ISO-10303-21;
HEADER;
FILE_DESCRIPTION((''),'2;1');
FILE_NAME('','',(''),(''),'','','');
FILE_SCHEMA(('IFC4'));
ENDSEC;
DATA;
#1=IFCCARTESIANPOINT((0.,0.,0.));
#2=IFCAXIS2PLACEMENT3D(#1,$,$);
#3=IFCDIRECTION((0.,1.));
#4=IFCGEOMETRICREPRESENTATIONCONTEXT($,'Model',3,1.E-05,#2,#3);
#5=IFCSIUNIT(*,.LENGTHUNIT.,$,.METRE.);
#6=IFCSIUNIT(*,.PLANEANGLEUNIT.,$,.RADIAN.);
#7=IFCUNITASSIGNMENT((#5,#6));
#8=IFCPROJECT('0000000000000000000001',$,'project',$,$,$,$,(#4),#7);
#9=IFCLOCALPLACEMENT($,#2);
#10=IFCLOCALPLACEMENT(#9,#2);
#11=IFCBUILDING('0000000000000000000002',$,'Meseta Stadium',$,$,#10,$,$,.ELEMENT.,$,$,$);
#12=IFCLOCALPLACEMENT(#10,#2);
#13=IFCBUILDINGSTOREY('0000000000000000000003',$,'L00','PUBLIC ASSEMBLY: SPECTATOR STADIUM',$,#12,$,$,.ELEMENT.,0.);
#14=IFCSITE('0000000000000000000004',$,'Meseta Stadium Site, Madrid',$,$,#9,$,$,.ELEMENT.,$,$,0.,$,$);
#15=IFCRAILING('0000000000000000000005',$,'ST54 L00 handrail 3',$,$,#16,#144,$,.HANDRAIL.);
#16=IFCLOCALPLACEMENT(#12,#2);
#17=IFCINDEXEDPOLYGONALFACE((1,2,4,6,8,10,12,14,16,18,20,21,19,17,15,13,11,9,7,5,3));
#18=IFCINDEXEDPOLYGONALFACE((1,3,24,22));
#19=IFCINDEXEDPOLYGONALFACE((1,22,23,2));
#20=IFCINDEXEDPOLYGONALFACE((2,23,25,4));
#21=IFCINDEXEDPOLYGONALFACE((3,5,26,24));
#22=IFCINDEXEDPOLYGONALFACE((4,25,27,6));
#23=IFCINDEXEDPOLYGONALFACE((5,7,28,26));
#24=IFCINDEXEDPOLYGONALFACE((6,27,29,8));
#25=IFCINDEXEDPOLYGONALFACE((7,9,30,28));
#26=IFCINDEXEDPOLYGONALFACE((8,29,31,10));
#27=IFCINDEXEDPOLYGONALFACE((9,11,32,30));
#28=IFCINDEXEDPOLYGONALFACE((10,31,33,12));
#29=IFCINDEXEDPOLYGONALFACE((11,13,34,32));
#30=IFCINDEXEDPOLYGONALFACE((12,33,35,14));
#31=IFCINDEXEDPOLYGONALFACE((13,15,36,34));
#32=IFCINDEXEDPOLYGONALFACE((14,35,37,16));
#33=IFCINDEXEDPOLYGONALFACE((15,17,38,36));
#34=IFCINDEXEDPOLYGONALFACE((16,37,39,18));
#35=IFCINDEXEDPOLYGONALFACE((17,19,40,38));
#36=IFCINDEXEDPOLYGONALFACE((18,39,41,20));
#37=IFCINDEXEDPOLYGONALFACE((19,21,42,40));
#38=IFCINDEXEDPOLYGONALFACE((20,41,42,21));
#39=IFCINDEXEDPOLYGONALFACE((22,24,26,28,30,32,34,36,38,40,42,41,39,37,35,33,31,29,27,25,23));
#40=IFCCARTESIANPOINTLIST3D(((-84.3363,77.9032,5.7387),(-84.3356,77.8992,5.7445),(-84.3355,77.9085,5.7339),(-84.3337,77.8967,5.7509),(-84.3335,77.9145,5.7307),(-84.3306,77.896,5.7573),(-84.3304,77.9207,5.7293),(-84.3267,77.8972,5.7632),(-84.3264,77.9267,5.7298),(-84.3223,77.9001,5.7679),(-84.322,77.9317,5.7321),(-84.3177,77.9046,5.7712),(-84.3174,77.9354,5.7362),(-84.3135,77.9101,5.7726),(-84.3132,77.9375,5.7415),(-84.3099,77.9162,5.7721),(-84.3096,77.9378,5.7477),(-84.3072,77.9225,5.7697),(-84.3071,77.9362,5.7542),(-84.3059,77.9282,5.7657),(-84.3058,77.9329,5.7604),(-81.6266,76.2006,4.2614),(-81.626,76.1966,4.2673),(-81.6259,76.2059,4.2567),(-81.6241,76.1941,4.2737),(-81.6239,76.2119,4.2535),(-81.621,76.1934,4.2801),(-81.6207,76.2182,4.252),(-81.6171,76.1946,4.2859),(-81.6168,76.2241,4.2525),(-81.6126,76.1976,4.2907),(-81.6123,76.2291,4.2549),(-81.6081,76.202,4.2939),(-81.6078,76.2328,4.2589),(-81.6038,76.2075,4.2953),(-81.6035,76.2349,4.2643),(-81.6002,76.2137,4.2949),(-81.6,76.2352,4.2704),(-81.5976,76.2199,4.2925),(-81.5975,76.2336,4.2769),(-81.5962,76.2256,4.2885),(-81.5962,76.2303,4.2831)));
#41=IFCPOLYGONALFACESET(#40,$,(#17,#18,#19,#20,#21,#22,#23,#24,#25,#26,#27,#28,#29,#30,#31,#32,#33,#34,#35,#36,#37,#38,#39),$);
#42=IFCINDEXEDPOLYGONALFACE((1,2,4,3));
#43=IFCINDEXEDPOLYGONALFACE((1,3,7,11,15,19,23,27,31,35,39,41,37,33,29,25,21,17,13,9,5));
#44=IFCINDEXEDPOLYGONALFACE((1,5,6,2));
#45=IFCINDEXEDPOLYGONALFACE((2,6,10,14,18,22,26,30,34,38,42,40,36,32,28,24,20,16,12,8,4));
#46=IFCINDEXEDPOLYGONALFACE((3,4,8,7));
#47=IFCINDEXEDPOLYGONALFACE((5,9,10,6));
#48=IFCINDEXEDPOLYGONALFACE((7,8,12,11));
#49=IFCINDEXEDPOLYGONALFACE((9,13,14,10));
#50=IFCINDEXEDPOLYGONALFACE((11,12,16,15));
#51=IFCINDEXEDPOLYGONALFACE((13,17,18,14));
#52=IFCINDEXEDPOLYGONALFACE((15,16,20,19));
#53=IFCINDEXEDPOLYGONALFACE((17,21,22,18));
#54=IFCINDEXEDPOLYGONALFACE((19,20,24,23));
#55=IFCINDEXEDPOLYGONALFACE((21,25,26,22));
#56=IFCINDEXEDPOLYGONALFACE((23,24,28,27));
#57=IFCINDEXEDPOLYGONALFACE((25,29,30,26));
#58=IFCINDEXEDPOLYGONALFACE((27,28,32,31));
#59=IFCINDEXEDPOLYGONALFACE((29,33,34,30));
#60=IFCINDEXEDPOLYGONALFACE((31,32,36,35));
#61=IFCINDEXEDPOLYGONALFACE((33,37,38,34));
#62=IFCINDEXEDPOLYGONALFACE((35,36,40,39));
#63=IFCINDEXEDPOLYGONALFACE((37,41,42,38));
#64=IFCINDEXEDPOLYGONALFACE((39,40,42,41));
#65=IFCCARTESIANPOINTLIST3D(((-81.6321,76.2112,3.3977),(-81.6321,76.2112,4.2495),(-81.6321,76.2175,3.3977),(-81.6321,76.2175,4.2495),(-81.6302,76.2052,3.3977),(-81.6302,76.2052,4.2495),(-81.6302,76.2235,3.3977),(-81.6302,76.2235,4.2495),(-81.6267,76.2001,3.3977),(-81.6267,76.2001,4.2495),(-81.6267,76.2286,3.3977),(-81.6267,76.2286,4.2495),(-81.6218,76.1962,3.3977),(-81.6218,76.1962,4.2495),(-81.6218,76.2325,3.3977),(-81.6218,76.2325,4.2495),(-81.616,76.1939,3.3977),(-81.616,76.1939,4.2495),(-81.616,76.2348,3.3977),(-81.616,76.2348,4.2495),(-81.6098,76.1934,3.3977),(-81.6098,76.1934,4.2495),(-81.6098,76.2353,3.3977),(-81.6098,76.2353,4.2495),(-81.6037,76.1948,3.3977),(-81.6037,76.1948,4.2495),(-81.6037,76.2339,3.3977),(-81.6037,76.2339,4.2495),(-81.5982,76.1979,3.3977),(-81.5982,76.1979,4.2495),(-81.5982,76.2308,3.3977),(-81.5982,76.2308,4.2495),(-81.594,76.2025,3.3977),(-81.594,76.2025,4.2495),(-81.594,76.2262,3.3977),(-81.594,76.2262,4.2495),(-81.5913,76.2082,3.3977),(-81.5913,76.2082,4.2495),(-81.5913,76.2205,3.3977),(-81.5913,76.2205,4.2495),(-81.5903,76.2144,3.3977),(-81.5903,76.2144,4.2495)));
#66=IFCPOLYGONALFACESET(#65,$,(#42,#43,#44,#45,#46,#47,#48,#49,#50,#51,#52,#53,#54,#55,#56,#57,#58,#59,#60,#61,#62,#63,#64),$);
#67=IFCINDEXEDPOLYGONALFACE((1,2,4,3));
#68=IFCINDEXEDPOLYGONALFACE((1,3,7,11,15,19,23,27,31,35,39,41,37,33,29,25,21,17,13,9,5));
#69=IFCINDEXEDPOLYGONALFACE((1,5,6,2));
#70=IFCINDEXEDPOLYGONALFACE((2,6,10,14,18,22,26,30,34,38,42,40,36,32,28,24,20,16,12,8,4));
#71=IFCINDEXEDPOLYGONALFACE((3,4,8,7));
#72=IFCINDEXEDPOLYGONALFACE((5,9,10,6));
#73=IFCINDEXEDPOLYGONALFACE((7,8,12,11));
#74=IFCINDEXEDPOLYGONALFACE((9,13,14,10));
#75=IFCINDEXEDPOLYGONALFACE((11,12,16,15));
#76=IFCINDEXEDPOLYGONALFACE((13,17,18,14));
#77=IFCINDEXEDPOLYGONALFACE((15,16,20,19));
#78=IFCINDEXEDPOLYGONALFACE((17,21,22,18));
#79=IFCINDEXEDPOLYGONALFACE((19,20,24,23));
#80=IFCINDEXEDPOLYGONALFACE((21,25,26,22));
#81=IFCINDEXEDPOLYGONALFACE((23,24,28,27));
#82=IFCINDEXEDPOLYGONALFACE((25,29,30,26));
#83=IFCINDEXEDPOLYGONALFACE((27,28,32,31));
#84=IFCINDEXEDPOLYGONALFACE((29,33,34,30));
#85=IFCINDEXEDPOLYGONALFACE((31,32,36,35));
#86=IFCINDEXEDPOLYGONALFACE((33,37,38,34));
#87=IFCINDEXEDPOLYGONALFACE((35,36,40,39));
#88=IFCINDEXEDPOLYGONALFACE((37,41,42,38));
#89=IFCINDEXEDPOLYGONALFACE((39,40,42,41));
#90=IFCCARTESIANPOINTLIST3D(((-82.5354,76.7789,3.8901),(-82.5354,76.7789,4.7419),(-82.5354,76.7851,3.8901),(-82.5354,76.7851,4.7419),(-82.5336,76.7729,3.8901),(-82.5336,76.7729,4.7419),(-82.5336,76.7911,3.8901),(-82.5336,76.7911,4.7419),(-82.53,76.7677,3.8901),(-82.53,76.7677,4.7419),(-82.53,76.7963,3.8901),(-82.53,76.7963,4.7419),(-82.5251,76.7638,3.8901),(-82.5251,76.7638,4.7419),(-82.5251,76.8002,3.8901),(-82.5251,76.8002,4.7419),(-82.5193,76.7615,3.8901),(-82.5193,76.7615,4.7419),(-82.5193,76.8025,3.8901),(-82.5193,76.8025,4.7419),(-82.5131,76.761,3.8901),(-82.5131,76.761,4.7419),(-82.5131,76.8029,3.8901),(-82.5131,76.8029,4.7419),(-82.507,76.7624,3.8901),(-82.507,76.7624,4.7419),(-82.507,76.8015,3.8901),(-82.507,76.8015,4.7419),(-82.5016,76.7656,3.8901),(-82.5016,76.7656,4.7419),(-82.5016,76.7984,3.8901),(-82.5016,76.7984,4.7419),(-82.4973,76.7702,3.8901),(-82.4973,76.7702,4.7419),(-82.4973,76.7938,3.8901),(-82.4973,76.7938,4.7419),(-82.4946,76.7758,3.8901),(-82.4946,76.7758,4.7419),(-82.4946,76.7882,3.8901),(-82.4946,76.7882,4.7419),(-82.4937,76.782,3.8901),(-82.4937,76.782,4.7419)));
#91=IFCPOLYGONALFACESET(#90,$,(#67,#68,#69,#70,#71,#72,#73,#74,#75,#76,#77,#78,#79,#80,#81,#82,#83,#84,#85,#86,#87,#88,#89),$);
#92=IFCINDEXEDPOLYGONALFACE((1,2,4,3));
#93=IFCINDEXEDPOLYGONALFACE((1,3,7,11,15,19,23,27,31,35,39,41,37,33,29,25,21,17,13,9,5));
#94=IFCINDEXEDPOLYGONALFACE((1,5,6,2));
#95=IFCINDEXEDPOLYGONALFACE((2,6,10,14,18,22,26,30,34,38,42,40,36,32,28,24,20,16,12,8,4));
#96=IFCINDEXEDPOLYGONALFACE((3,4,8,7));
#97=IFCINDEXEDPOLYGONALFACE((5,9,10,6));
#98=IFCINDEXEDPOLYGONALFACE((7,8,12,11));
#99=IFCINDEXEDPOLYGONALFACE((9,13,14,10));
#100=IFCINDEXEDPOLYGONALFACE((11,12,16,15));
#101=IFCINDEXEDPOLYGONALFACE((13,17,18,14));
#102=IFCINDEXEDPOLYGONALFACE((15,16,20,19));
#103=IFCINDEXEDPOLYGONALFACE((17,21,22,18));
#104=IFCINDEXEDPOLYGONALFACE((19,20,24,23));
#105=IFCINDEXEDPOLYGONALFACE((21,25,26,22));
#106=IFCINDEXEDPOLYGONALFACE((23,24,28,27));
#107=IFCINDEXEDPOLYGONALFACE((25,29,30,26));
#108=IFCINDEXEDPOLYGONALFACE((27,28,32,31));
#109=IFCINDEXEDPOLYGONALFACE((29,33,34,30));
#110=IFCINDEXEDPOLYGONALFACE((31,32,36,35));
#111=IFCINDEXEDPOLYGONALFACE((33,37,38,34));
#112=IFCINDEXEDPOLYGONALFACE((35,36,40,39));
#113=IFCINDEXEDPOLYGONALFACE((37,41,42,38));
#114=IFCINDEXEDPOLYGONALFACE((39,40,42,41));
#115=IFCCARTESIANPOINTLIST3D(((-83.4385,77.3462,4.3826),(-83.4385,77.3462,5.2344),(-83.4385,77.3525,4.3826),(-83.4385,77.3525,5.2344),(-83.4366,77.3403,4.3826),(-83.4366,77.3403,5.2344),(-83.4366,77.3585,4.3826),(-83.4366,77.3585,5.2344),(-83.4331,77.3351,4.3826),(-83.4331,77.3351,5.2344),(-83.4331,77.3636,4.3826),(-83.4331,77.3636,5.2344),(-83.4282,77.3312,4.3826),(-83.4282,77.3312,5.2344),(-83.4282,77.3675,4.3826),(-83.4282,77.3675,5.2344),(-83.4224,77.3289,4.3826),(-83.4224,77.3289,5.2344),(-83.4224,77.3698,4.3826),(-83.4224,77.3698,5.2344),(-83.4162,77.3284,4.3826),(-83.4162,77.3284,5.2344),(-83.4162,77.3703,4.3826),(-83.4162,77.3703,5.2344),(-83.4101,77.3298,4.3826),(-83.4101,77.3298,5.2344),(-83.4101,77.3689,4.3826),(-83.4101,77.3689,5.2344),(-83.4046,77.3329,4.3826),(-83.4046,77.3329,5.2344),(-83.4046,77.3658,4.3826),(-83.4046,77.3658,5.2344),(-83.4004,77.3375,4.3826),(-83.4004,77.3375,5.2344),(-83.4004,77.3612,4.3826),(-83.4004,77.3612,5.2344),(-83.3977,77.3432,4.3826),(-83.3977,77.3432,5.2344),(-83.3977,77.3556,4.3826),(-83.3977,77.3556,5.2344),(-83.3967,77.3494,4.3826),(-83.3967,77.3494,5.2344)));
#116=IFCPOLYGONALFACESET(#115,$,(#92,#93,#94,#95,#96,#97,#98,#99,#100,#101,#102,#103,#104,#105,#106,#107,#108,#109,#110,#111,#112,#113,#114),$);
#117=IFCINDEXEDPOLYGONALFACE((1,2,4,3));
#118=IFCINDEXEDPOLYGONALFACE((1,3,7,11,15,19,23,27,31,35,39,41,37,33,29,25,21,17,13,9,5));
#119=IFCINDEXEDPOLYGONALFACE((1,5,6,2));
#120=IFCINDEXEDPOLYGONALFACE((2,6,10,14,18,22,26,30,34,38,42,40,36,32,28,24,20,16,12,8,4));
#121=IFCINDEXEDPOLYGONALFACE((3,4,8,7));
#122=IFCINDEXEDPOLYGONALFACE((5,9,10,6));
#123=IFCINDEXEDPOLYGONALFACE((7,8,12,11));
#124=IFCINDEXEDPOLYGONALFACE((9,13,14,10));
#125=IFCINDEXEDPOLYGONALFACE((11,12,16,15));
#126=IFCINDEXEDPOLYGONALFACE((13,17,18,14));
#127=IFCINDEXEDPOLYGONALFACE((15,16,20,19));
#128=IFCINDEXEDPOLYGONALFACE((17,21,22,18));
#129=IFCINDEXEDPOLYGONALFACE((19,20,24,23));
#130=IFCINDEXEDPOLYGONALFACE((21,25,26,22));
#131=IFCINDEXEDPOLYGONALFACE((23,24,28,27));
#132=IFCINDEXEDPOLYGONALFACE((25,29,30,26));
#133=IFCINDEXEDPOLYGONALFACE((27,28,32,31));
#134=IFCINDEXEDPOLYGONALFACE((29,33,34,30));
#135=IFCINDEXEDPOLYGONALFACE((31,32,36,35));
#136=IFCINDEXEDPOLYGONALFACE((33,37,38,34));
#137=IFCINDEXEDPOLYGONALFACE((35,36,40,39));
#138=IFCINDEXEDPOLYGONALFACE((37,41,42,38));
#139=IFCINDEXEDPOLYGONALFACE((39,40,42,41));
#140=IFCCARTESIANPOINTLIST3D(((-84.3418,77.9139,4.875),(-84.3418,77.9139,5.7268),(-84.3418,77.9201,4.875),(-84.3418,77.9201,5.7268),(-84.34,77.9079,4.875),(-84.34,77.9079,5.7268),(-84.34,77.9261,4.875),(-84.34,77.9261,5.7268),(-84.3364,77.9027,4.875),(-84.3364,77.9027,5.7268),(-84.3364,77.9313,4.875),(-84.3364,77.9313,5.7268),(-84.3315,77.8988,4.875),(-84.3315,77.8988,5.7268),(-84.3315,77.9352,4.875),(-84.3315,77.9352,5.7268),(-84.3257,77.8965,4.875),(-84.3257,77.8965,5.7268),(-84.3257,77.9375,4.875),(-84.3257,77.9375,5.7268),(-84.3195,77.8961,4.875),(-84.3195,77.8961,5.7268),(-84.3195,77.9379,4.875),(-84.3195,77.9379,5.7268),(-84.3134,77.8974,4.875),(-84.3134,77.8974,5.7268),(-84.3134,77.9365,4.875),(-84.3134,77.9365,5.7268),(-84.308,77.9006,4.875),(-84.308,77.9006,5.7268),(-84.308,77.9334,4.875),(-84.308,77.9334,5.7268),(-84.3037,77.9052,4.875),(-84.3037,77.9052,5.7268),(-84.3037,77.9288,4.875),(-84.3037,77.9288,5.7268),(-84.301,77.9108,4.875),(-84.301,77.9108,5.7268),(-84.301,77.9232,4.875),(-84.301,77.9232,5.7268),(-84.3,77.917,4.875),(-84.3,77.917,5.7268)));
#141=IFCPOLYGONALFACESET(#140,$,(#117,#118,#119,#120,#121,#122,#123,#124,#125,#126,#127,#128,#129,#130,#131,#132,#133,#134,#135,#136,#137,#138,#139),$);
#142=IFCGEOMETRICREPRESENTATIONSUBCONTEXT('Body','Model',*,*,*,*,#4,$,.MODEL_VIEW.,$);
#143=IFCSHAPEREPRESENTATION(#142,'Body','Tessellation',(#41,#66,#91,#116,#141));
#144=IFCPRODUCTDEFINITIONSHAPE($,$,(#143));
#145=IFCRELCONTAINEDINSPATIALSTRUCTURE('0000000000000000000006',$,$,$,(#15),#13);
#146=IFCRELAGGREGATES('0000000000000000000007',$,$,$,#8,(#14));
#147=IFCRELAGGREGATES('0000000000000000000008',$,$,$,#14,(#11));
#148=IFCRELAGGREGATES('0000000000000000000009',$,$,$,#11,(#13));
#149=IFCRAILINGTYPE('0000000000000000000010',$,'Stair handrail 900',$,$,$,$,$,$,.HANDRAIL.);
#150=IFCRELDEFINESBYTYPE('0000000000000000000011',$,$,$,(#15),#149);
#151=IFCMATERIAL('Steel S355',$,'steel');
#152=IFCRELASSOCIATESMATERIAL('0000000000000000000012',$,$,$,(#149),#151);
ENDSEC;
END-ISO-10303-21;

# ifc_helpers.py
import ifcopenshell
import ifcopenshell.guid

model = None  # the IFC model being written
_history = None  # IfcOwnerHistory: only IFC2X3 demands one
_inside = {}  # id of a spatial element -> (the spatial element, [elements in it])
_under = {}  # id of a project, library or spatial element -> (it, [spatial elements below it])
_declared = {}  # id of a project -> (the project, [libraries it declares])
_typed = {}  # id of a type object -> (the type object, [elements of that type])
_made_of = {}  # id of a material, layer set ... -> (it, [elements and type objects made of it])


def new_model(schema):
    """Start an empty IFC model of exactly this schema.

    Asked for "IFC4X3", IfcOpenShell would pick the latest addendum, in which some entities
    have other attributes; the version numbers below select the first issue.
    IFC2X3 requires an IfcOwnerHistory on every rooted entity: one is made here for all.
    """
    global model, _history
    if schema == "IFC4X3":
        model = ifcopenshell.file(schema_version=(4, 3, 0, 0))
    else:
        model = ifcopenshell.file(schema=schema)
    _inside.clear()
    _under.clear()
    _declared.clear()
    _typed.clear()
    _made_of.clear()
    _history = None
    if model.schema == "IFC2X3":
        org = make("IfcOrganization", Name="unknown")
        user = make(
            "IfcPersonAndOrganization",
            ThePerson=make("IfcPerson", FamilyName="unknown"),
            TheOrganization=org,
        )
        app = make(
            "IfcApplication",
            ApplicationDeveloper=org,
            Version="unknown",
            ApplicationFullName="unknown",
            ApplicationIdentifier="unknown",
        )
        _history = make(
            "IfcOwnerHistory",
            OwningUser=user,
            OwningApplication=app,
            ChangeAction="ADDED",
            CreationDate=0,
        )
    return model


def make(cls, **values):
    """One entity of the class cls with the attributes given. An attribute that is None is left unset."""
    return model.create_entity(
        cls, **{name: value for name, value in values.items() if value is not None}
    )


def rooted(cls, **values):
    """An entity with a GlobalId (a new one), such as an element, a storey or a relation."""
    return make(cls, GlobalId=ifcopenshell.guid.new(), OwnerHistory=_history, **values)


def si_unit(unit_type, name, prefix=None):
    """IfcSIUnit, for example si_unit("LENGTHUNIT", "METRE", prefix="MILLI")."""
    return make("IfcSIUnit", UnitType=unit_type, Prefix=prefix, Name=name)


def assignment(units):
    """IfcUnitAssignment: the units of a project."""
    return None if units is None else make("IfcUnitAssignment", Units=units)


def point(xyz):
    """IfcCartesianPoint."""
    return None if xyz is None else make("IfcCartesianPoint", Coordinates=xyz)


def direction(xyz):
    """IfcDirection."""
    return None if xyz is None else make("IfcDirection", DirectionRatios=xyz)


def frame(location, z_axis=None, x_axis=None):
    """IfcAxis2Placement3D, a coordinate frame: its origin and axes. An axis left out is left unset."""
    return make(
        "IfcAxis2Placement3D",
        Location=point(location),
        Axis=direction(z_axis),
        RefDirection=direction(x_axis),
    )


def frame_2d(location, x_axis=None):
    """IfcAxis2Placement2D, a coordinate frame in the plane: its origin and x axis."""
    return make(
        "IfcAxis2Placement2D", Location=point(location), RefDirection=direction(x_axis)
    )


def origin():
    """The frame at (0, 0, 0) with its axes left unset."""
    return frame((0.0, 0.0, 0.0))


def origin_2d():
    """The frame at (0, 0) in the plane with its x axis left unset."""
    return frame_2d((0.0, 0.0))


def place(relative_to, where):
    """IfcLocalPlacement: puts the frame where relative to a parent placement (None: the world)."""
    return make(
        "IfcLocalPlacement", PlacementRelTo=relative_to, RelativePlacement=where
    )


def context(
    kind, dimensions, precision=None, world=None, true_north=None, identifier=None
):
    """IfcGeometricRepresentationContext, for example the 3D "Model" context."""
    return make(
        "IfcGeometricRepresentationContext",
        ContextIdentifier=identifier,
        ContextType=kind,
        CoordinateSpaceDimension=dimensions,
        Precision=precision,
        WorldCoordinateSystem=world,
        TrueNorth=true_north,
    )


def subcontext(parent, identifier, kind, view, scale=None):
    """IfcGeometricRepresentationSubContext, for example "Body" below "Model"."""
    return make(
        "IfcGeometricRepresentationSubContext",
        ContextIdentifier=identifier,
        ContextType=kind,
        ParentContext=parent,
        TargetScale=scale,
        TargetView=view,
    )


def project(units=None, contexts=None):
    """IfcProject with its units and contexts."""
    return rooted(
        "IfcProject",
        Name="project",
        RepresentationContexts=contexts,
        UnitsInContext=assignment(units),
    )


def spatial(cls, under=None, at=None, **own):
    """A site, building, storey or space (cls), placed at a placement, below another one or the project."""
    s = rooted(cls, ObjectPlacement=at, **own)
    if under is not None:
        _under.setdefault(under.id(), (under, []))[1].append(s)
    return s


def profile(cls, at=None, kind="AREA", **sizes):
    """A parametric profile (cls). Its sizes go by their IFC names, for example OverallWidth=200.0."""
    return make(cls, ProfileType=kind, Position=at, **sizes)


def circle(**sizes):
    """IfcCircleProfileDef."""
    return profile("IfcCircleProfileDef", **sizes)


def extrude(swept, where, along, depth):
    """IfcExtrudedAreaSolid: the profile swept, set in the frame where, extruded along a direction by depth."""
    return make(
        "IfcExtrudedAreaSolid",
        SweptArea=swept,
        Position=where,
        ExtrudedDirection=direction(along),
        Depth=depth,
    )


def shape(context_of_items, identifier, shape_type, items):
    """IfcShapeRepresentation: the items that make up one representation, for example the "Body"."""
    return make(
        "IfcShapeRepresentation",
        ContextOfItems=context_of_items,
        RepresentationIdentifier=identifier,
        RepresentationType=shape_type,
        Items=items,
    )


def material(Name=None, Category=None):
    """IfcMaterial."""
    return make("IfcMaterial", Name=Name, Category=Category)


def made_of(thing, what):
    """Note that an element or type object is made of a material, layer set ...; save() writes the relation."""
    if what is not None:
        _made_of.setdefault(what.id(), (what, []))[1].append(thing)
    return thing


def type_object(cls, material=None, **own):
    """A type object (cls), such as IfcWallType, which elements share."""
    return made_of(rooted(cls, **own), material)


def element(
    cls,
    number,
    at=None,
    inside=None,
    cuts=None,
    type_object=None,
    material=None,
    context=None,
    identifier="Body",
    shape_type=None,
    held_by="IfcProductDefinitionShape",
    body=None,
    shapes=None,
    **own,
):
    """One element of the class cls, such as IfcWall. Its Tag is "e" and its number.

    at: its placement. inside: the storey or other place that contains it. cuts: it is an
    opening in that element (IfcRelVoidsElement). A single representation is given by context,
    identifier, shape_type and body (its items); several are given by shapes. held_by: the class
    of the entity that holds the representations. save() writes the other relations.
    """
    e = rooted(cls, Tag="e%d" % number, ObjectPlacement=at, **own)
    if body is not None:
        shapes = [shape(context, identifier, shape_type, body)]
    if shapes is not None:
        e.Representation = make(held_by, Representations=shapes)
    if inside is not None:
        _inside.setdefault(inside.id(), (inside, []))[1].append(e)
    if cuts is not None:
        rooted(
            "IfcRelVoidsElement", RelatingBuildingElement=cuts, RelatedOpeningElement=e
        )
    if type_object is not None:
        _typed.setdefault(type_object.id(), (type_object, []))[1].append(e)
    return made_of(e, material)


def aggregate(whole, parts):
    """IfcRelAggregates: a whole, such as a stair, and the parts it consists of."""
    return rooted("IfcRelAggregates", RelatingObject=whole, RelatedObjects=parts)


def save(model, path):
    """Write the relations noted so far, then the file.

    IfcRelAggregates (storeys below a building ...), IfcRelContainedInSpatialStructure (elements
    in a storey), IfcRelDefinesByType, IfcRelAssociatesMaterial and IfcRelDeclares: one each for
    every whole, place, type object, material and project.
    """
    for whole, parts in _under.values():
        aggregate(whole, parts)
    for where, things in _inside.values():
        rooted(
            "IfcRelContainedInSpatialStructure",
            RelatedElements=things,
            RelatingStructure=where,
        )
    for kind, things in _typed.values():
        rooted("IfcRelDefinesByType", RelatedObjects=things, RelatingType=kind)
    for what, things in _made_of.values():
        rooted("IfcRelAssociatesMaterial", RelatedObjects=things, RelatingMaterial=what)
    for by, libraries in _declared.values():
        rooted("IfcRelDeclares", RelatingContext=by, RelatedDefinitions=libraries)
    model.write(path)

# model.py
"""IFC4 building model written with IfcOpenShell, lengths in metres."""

from ifc_helpers import new_model, si_unit, direction, frame, origin, origin_2d, place, context, subcontext, project, spatial, circle, extrude, material, type_object, element, save


model = new_model("IFC4")

# Units and contexts
model_context = context("Model", 3, precision=1e-05, world=origin(), true_north=direction((0.0, 1.0)))
body_context = subcontext(model_context, "Body", "Model", "MODEL_VIEW")
ifc_project = project(units=[si_unit("LENGTHUNIT", "METRE"), si_unit("PLANEANGLEUNIT", "RADIAN")], contexts=[model_context])

# Site, building, storey
site_placement = place(None, origin())
site = spatial("IfcSite", under=ifc_project, at=site_placement, Name="Meseta Stadium Site, Madrid", CompositionType="ELEMENT", RefElevation=0.0)
building_placement = place(site_placement, origin())
building = spatial("IfcBuilding", under=site, at=building_placement, Name="Meseta Stadium", CompositionType="ELEMENT")
storey_placement = place(building_placement, origin())
storey = spatial("IfcBuildingStorey", under=building, at=storey_placement, Name="L00", Description="PUBLIC ASSEMBLY: SPECTATOR STADIUM", CompositionType="ELEMENT", Elevation=0.0)

# Railing
ifc_material_1 = material(Name="Steel S355", Category="steel")
railing_type_1 = type_object("IfcRailingType", Name="Stair handrail 900", PredefinedType="HANDRAIL", material=ifc_material_1)
for number, where, name in (
    (1, (-81.6113, 76.2144, 3.3977), "ST54 L00 handrail 3"),
):
    element("IfcRailing", number, at=place(storey_placement, frame(where)), inside=storey, type_object=railing_type_1, Name=name, PredefinedType="HANDRAIL", context=body_context, shape_type="SweptSolid", body=[
        extrude(circle(Radius=0.0239, at=origin_2d()), frame((0.0, 0.0, 0.876), z_axis=(-0.768766, 0.48305, 0.419119), x_axis=(-0.532034, -0.846723, 0.0)), (0.0, 0.0, 1.0), 3.5247),
        extrude(circle(Radius=0.021, at=origin_2d()), origin(), (0.0, 0.0, 1.0), 0.8518),
        extrude(circle(Radius=0.021, at=origin_2d()), frame((-0.9033, 0.5676, 0.4924)), (0.0, 0.0, 1.0), 0.8518),
        extrude(circle(Radius=0.021, at=origin_2d()), frame((-1.8064, 1.135, 0.9849)), (0.0, 0.0, 1.0), 0.8518),
        extrude(circle(Radius=0.021, at=origin_2d()), frame((-2.7097, 1.7026, 1.4773)), (0.0, 0.0, 1.0), 0.8518),
    ])

save(model, "model.ifc")
